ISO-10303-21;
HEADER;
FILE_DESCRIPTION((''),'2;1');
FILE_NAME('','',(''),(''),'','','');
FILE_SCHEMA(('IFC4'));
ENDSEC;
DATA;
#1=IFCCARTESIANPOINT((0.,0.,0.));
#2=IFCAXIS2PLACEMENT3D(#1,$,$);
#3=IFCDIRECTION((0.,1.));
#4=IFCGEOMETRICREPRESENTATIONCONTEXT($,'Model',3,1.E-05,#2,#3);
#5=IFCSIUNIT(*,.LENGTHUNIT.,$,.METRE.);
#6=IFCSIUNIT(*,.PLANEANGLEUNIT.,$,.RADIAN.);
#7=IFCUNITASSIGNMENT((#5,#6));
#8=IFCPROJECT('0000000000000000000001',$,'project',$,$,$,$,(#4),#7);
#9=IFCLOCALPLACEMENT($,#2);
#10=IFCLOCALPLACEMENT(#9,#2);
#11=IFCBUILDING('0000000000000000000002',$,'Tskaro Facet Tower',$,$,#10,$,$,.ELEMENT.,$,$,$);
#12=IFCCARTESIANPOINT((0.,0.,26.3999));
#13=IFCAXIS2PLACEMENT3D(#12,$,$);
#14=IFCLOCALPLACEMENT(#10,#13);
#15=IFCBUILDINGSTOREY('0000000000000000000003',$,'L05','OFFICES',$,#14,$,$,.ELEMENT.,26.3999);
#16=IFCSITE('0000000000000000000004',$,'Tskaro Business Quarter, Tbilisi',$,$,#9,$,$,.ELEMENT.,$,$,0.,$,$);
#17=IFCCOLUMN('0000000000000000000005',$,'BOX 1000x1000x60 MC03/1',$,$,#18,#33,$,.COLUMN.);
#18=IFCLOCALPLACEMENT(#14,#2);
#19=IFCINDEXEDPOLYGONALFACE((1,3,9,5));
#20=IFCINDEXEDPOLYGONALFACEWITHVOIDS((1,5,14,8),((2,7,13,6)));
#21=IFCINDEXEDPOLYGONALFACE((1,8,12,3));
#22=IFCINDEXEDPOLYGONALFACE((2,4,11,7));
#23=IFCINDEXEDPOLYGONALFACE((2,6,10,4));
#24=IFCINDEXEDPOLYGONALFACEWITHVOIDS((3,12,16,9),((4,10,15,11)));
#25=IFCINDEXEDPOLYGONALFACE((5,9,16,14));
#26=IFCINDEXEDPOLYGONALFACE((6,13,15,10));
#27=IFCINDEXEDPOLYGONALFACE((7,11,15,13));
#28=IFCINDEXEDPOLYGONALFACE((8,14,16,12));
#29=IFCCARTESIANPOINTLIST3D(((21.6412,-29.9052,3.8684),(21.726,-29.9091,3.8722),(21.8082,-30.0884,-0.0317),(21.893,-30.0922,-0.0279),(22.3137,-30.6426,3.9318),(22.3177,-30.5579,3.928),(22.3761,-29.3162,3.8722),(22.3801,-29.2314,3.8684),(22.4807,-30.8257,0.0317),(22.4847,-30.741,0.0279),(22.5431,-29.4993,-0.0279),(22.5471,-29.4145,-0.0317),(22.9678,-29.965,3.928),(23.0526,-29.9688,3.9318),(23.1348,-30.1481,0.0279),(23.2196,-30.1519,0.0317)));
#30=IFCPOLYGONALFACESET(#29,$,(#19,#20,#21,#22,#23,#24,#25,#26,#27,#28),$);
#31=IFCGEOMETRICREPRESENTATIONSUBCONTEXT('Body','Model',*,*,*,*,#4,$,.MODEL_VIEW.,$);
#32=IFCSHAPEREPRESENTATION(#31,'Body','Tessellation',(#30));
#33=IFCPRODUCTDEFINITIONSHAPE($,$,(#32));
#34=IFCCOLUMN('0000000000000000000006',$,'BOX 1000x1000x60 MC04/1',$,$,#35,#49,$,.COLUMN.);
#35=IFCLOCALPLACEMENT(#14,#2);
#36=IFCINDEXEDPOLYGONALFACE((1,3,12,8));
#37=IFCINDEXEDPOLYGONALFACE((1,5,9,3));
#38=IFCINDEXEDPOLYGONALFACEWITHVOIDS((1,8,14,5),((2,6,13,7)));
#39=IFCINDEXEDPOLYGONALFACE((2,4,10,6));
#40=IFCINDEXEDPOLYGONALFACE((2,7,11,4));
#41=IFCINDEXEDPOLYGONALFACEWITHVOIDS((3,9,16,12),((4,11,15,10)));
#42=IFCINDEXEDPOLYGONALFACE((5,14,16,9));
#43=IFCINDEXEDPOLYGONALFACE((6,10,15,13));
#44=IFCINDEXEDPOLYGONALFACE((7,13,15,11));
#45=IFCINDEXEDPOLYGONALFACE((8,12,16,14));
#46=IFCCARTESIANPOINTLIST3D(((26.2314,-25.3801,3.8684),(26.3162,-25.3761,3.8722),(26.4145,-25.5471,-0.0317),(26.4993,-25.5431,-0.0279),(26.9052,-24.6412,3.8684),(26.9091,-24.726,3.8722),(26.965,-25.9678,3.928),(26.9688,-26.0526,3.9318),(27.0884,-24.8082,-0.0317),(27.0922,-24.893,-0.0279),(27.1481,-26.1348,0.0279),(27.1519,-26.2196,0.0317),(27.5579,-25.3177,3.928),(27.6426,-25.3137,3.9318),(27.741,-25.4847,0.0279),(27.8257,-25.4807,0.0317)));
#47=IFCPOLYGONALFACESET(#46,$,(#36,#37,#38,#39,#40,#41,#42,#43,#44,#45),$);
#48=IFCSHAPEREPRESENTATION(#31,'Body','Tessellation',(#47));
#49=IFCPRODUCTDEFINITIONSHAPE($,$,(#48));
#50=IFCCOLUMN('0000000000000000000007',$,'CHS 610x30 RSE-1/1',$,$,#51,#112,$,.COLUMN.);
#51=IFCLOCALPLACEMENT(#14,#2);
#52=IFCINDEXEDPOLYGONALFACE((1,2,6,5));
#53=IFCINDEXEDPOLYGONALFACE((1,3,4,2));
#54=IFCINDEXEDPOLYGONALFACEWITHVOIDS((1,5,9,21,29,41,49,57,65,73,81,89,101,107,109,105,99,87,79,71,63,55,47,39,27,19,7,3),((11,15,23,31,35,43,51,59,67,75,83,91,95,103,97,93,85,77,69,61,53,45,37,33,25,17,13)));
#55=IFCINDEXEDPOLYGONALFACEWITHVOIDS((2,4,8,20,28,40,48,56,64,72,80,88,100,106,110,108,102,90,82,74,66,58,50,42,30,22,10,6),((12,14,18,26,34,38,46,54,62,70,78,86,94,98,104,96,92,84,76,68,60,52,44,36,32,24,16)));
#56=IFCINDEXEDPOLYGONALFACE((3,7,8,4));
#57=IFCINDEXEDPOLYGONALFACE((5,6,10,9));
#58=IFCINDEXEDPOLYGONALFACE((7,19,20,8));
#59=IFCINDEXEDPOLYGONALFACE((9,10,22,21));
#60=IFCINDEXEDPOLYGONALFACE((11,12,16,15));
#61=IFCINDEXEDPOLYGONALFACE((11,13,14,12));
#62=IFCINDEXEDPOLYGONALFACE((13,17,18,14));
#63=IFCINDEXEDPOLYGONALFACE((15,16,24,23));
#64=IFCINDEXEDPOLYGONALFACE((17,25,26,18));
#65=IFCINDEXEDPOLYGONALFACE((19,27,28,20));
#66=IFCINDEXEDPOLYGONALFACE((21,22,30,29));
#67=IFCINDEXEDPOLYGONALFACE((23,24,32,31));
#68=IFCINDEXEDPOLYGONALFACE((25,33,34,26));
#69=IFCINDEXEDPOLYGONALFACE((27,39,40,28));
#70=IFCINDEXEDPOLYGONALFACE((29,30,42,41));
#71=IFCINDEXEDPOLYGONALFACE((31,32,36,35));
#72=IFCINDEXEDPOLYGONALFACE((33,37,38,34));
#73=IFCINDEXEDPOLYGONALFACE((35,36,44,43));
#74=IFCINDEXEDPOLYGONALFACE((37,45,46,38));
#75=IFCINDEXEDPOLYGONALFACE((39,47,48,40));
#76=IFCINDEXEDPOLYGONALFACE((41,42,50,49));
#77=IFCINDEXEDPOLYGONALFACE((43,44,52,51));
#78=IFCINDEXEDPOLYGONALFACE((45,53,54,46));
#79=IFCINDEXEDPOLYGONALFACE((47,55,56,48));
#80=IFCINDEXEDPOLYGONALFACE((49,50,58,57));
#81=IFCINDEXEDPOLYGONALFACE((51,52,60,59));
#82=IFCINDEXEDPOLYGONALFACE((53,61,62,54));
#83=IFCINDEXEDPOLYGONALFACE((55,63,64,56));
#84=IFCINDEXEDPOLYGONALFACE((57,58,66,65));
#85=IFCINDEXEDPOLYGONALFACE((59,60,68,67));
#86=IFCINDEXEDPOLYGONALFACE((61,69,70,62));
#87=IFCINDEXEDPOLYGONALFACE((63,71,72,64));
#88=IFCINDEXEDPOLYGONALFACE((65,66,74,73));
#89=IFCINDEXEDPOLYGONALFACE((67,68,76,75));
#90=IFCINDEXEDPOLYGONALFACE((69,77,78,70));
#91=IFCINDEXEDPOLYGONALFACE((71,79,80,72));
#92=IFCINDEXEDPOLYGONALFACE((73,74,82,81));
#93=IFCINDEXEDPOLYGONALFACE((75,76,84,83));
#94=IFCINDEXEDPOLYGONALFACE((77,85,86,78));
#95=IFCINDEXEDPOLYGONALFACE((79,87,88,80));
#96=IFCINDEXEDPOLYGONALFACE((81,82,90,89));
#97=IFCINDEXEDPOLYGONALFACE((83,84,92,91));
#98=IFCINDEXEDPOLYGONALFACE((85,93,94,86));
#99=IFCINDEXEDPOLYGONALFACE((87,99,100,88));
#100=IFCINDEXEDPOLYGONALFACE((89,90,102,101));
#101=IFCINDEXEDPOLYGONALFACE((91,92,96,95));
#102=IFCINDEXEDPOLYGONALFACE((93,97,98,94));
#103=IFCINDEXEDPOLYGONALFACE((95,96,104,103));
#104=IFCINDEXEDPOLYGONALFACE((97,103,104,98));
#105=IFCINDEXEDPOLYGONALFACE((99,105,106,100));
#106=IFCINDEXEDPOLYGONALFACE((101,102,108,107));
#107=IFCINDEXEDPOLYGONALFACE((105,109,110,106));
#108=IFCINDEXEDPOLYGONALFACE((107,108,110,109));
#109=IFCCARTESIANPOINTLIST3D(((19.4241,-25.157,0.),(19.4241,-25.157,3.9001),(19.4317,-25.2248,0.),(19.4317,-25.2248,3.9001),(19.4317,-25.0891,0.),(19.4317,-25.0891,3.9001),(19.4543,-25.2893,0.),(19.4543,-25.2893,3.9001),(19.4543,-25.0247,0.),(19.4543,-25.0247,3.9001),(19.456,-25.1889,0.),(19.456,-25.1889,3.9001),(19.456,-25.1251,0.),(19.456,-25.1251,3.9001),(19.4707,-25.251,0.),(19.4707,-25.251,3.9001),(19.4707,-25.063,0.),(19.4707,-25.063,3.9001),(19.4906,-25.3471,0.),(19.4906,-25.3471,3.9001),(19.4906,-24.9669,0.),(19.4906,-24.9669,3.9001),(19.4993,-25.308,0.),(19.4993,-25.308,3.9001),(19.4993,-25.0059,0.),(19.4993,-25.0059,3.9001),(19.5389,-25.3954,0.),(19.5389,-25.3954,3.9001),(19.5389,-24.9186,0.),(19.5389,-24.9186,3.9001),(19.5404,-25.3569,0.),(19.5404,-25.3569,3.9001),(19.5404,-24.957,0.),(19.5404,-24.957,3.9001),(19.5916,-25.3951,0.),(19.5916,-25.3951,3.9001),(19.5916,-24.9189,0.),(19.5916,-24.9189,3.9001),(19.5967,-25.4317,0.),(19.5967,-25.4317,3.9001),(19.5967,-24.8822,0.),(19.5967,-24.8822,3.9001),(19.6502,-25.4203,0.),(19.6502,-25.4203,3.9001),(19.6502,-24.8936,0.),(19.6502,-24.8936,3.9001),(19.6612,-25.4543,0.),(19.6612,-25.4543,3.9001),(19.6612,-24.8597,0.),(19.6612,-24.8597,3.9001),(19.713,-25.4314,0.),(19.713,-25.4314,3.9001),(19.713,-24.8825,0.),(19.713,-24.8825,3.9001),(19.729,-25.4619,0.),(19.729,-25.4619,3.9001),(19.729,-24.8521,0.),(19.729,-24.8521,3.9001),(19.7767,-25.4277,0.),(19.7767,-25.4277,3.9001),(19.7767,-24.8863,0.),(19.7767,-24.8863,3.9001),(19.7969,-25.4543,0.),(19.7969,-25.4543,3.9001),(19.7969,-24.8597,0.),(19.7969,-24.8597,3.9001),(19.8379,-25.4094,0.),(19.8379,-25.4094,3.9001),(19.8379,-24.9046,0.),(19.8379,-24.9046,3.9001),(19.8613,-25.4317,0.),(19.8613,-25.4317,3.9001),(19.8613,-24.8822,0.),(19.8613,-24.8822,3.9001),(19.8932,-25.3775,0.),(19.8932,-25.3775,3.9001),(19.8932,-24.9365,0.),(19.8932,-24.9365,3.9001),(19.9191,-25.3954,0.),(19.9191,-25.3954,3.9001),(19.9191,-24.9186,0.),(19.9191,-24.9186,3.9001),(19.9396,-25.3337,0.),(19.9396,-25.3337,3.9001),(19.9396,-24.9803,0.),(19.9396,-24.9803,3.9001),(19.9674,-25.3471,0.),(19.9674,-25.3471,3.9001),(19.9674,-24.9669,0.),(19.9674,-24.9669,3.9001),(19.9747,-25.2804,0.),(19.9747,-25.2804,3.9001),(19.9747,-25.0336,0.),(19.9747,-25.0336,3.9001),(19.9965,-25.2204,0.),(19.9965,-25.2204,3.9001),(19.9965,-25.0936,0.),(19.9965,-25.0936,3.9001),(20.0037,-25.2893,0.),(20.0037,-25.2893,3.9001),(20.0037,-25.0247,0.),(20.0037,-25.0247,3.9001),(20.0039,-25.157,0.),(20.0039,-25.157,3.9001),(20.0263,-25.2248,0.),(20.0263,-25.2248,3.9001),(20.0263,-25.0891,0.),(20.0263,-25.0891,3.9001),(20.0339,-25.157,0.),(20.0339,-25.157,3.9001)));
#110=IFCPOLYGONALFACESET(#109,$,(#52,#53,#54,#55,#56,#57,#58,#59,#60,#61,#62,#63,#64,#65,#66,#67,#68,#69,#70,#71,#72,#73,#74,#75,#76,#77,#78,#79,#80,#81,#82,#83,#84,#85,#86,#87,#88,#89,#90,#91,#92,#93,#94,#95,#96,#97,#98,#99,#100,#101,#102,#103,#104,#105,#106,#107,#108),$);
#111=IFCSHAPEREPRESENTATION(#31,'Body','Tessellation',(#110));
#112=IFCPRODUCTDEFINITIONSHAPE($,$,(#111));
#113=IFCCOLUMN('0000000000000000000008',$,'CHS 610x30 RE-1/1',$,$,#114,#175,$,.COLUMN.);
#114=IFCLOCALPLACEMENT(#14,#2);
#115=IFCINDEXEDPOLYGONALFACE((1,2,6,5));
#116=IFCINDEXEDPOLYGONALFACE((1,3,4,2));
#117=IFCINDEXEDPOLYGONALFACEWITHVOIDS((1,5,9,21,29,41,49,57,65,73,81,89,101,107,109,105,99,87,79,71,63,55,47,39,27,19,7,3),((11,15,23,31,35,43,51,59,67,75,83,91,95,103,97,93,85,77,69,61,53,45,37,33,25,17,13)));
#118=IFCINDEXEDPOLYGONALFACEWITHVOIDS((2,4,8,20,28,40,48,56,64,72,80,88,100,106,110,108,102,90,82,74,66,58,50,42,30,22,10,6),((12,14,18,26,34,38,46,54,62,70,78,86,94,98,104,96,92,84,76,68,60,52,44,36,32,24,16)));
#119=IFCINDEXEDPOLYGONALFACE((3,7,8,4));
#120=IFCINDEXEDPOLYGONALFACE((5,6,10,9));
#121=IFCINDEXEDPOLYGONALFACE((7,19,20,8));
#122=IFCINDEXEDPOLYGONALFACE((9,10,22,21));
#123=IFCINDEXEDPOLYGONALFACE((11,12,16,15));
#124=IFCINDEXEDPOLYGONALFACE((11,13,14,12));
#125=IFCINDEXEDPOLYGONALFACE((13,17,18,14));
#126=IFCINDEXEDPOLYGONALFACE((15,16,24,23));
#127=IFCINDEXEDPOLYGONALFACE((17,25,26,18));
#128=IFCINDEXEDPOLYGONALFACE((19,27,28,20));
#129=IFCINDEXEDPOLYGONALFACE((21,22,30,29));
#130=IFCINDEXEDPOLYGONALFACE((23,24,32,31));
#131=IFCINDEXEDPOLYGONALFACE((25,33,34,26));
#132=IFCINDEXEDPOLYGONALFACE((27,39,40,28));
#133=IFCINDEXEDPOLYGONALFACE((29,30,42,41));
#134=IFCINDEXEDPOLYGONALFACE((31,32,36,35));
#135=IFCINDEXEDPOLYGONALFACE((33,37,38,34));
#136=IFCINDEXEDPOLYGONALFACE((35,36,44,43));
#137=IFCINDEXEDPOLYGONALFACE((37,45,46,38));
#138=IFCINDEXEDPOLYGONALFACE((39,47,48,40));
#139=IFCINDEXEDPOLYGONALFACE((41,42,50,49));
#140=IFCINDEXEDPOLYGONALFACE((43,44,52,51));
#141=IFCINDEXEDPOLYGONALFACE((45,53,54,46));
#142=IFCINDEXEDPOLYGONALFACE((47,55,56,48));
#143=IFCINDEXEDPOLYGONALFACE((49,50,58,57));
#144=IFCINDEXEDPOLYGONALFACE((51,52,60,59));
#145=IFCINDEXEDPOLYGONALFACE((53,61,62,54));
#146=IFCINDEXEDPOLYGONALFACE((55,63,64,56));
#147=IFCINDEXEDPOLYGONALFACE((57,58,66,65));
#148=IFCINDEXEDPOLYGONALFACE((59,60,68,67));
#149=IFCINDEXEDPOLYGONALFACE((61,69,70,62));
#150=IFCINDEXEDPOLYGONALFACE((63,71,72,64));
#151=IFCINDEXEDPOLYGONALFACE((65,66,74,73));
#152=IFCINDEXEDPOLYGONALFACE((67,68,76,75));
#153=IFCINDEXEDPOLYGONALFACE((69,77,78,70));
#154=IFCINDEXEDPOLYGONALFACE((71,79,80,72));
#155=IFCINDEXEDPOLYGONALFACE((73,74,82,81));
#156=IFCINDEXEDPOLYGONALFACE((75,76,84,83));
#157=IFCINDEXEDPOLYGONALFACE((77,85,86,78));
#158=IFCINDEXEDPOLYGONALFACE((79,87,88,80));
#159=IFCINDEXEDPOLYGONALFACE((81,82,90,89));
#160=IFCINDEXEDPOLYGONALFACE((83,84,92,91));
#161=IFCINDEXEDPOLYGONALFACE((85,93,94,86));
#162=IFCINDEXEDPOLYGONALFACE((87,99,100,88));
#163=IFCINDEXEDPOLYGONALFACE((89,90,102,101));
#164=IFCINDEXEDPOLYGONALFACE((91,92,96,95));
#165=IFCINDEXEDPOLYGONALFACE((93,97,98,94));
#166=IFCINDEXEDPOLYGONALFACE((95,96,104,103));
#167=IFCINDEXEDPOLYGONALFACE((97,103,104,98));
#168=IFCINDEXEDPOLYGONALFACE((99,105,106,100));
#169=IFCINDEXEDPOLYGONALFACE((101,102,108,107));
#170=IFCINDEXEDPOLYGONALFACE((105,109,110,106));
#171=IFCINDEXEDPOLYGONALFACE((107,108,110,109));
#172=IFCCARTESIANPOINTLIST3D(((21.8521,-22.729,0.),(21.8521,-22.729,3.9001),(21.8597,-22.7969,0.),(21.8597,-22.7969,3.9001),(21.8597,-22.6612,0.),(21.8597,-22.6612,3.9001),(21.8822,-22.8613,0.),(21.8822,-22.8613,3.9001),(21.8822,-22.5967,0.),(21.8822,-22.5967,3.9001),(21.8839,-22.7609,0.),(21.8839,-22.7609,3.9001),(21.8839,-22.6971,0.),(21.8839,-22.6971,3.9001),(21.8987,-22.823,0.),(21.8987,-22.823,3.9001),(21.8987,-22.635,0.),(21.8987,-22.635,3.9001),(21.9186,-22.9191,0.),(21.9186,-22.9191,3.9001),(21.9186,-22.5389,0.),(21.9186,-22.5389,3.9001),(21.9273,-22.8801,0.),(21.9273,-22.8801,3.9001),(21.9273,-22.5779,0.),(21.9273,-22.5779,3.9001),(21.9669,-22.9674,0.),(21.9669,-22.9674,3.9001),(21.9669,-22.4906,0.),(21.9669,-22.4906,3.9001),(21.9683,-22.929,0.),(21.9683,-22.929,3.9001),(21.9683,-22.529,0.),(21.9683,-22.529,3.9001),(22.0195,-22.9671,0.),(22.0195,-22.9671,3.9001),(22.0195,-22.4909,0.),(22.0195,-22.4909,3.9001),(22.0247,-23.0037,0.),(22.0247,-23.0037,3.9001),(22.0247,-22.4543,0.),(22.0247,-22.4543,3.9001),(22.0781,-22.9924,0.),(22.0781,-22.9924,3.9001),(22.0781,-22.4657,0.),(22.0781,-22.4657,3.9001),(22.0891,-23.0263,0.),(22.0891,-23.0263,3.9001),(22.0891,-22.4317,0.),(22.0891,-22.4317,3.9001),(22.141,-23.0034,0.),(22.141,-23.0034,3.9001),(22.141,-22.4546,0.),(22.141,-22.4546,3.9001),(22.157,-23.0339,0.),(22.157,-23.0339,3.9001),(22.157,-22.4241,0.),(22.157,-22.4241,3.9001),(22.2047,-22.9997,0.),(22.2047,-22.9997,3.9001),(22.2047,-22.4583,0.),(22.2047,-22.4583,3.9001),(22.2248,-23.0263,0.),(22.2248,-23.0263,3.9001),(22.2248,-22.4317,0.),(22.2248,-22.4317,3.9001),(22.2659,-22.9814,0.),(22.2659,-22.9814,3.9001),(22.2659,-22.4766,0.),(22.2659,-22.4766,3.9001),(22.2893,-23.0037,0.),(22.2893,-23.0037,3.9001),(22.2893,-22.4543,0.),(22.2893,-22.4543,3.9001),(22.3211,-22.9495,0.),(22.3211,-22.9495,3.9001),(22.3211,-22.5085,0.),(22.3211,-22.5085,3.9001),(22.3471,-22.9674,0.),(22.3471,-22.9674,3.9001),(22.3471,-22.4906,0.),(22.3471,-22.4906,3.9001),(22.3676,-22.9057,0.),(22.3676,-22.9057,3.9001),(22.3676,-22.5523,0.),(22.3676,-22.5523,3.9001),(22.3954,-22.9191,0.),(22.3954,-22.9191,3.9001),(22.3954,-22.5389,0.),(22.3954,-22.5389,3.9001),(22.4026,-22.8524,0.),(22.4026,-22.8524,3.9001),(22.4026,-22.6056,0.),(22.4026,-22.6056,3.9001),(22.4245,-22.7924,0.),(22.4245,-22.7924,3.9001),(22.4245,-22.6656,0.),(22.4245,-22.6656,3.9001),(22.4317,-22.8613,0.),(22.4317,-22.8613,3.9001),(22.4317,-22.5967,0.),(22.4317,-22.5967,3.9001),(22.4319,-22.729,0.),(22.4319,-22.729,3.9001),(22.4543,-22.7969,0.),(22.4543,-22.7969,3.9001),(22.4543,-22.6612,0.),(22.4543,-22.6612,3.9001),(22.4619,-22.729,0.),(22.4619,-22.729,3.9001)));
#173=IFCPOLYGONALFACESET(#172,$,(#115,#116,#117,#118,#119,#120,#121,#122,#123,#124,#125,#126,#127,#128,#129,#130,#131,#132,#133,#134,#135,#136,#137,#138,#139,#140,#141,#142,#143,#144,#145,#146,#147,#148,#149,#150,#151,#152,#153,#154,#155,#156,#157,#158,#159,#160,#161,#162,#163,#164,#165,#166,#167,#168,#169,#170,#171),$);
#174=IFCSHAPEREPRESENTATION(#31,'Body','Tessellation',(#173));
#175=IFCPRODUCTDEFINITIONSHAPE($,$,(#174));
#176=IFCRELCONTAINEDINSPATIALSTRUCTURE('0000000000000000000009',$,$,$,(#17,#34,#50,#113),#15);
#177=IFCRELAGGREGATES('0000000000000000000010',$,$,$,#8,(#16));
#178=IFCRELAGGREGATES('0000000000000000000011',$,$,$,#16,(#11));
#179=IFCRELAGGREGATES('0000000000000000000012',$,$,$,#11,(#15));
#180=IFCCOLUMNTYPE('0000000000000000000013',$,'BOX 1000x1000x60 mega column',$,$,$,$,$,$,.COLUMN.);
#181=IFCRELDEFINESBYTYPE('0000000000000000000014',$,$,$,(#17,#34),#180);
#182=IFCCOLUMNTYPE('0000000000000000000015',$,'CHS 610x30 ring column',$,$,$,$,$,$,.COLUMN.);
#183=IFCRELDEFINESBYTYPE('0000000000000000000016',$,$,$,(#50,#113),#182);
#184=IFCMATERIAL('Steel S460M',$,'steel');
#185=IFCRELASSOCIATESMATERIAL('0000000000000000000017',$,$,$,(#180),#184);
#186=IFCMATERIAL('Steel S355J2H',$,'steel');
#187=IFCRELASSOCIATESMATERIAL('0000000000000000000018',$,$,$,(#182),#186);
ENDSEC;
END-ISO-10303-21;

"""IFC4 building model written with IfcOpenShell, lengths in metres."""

from ifc_helpers import new_model, si_unit, direction, frame, origin, origin_2d, place, context, subcontext, project, spatial, hollow_rectangle, hollow_circle, extrude, material, material_profile, profile_set, type_object, element, save


model = new_model("IFC4")

# Units and contexts
model_context = context("Model", 3, precision=1e-05, world=origin(), true_north=direction((0.0, 1.0)))
body_context = subcontext(model_context, "Body", "Model", "MODEL_VIEW")
ifc_project = project(units=[si_unit("LENGTHUNIT", "METRE"), si_unit("PLANEANGLEUNIT", "RADIAN")], contexts=[model_context])

# Site, building, storey
site_placement = place(None, origin())
site = spatial("IfcSite", under=ifc_project, at=site_placement, Name="Tskaro Business Quarter, Tbilisi", CompositionType="ELEMENT", RefElevation=0.0)
building_placement = place(site_placement, origin())
building = spatial("IfcBuilding", under=site, at=building_placement, Name="Tskaro Facet Tower", CompositionType="ELEMENT")
storey_placement = place(building_placement, frame((0.0, 0.0, 26.3999)))
storey = spatial("IfcBuildingStorey", under=building, at=storey_placement, Name="L05", Description="OFFICES", CompositionType="ELEMENT", Elevation=26.3999)

# Columns
ifc_material_1 = material(Name="Steel S460M", Category="steel")
ifc_material_profile_1 = material_profile(ifc_material_1, hollow_rectangle(XDim=1.0, YDim=1.0, WallThickness=0.0601, at=origin_2d()), Name="BOX 1000x1000x60")
ifc_profile_set_1 = profile_set([ifc_material_profile_1], Name="Steel S460M")
column_type_1 = type_object("IfcColumnType", Name="BOX 1000x1000x60 mega column", PredefinedType="COLUMN", material=ifc_profile_set_1)
for number, where, z_axis, x_axis, name in (
    (1, (22.5139, -30.1201, 0.0), (-0.042731, 0.046854, 0.997987), (-0.738869, -0.673849, 0.0), "BOX 1000x1000x60 MC03/1"),
    (2, (27.1201, -25.5139, 0.0), (-0.046854, 0.042731, 0.997987), (-0.673849, -0.738869, 0.0), "BOX 1000x1000x60 MC04/1"),
):
    element("IfcColumn", number, at=place(storey_placement, frame(where, z_axis=z_axis, x_axis=x_axis)), inside=storey, type_object=column_type_1, Name=name, PredefinedType="COLUMN", context=body_context, shape_type="SweptSolid", body=[
        extrude(hollow_rectangle(XDim=1.0, YDim=1.0, WallThickness=0.0601, at=origin_2d()), origin(), (0.0, 0.0, 1.0), 3.908),
    ])
ifc_material_2 = material(Name="Steel S355J2H", Category="steel")
ifc_material_profile_2 = material_profile(ifc_material_2, hollow_circle(Radius=0.3049, WallThickness=0.03, at=origin_2d()), Name="CHS 610x30")
ifc_profile_set_2 = profile_set([ifc_material_profile_2], Name="Steel S355J2H")
column_type_2 = type_object("IfcColumnType", Name="CHS 610x30 ring column", PredefinedType="COLUMN", material=ifc_profile_set_2)
for number, where, z_axis, x_axis, name in (
    (3, (19.729, -25.157, 0.0), (0.0, 0.0, 1.0), (1.0, 0.0, 0.0), "CHS 610x30 RSE-1/1"),
    (4, (22.157, -22.729, 0.0), (0.0, 0.0, 1.0), (1.0, 0.0, 0.0), "CHS 610x30 RE-1/1"),
):
    element("IfcColumn", number, at=place(storey_placement, frame(where, z_axis=z_axis, x_axis=x_axis)), inside=storey, type_object=column_type_2, Name=name, PredefinedType="COLUMN", context=body_context, shape_type="SweptSolid", body=[
        extrude(hollow_circle(Radius=0.3049, WallThickness=0.03, at=origin_2d()), origin(), (0.0, 0.0, 1.0), 3.9001),
    ])

save(model, "model.ifc")
